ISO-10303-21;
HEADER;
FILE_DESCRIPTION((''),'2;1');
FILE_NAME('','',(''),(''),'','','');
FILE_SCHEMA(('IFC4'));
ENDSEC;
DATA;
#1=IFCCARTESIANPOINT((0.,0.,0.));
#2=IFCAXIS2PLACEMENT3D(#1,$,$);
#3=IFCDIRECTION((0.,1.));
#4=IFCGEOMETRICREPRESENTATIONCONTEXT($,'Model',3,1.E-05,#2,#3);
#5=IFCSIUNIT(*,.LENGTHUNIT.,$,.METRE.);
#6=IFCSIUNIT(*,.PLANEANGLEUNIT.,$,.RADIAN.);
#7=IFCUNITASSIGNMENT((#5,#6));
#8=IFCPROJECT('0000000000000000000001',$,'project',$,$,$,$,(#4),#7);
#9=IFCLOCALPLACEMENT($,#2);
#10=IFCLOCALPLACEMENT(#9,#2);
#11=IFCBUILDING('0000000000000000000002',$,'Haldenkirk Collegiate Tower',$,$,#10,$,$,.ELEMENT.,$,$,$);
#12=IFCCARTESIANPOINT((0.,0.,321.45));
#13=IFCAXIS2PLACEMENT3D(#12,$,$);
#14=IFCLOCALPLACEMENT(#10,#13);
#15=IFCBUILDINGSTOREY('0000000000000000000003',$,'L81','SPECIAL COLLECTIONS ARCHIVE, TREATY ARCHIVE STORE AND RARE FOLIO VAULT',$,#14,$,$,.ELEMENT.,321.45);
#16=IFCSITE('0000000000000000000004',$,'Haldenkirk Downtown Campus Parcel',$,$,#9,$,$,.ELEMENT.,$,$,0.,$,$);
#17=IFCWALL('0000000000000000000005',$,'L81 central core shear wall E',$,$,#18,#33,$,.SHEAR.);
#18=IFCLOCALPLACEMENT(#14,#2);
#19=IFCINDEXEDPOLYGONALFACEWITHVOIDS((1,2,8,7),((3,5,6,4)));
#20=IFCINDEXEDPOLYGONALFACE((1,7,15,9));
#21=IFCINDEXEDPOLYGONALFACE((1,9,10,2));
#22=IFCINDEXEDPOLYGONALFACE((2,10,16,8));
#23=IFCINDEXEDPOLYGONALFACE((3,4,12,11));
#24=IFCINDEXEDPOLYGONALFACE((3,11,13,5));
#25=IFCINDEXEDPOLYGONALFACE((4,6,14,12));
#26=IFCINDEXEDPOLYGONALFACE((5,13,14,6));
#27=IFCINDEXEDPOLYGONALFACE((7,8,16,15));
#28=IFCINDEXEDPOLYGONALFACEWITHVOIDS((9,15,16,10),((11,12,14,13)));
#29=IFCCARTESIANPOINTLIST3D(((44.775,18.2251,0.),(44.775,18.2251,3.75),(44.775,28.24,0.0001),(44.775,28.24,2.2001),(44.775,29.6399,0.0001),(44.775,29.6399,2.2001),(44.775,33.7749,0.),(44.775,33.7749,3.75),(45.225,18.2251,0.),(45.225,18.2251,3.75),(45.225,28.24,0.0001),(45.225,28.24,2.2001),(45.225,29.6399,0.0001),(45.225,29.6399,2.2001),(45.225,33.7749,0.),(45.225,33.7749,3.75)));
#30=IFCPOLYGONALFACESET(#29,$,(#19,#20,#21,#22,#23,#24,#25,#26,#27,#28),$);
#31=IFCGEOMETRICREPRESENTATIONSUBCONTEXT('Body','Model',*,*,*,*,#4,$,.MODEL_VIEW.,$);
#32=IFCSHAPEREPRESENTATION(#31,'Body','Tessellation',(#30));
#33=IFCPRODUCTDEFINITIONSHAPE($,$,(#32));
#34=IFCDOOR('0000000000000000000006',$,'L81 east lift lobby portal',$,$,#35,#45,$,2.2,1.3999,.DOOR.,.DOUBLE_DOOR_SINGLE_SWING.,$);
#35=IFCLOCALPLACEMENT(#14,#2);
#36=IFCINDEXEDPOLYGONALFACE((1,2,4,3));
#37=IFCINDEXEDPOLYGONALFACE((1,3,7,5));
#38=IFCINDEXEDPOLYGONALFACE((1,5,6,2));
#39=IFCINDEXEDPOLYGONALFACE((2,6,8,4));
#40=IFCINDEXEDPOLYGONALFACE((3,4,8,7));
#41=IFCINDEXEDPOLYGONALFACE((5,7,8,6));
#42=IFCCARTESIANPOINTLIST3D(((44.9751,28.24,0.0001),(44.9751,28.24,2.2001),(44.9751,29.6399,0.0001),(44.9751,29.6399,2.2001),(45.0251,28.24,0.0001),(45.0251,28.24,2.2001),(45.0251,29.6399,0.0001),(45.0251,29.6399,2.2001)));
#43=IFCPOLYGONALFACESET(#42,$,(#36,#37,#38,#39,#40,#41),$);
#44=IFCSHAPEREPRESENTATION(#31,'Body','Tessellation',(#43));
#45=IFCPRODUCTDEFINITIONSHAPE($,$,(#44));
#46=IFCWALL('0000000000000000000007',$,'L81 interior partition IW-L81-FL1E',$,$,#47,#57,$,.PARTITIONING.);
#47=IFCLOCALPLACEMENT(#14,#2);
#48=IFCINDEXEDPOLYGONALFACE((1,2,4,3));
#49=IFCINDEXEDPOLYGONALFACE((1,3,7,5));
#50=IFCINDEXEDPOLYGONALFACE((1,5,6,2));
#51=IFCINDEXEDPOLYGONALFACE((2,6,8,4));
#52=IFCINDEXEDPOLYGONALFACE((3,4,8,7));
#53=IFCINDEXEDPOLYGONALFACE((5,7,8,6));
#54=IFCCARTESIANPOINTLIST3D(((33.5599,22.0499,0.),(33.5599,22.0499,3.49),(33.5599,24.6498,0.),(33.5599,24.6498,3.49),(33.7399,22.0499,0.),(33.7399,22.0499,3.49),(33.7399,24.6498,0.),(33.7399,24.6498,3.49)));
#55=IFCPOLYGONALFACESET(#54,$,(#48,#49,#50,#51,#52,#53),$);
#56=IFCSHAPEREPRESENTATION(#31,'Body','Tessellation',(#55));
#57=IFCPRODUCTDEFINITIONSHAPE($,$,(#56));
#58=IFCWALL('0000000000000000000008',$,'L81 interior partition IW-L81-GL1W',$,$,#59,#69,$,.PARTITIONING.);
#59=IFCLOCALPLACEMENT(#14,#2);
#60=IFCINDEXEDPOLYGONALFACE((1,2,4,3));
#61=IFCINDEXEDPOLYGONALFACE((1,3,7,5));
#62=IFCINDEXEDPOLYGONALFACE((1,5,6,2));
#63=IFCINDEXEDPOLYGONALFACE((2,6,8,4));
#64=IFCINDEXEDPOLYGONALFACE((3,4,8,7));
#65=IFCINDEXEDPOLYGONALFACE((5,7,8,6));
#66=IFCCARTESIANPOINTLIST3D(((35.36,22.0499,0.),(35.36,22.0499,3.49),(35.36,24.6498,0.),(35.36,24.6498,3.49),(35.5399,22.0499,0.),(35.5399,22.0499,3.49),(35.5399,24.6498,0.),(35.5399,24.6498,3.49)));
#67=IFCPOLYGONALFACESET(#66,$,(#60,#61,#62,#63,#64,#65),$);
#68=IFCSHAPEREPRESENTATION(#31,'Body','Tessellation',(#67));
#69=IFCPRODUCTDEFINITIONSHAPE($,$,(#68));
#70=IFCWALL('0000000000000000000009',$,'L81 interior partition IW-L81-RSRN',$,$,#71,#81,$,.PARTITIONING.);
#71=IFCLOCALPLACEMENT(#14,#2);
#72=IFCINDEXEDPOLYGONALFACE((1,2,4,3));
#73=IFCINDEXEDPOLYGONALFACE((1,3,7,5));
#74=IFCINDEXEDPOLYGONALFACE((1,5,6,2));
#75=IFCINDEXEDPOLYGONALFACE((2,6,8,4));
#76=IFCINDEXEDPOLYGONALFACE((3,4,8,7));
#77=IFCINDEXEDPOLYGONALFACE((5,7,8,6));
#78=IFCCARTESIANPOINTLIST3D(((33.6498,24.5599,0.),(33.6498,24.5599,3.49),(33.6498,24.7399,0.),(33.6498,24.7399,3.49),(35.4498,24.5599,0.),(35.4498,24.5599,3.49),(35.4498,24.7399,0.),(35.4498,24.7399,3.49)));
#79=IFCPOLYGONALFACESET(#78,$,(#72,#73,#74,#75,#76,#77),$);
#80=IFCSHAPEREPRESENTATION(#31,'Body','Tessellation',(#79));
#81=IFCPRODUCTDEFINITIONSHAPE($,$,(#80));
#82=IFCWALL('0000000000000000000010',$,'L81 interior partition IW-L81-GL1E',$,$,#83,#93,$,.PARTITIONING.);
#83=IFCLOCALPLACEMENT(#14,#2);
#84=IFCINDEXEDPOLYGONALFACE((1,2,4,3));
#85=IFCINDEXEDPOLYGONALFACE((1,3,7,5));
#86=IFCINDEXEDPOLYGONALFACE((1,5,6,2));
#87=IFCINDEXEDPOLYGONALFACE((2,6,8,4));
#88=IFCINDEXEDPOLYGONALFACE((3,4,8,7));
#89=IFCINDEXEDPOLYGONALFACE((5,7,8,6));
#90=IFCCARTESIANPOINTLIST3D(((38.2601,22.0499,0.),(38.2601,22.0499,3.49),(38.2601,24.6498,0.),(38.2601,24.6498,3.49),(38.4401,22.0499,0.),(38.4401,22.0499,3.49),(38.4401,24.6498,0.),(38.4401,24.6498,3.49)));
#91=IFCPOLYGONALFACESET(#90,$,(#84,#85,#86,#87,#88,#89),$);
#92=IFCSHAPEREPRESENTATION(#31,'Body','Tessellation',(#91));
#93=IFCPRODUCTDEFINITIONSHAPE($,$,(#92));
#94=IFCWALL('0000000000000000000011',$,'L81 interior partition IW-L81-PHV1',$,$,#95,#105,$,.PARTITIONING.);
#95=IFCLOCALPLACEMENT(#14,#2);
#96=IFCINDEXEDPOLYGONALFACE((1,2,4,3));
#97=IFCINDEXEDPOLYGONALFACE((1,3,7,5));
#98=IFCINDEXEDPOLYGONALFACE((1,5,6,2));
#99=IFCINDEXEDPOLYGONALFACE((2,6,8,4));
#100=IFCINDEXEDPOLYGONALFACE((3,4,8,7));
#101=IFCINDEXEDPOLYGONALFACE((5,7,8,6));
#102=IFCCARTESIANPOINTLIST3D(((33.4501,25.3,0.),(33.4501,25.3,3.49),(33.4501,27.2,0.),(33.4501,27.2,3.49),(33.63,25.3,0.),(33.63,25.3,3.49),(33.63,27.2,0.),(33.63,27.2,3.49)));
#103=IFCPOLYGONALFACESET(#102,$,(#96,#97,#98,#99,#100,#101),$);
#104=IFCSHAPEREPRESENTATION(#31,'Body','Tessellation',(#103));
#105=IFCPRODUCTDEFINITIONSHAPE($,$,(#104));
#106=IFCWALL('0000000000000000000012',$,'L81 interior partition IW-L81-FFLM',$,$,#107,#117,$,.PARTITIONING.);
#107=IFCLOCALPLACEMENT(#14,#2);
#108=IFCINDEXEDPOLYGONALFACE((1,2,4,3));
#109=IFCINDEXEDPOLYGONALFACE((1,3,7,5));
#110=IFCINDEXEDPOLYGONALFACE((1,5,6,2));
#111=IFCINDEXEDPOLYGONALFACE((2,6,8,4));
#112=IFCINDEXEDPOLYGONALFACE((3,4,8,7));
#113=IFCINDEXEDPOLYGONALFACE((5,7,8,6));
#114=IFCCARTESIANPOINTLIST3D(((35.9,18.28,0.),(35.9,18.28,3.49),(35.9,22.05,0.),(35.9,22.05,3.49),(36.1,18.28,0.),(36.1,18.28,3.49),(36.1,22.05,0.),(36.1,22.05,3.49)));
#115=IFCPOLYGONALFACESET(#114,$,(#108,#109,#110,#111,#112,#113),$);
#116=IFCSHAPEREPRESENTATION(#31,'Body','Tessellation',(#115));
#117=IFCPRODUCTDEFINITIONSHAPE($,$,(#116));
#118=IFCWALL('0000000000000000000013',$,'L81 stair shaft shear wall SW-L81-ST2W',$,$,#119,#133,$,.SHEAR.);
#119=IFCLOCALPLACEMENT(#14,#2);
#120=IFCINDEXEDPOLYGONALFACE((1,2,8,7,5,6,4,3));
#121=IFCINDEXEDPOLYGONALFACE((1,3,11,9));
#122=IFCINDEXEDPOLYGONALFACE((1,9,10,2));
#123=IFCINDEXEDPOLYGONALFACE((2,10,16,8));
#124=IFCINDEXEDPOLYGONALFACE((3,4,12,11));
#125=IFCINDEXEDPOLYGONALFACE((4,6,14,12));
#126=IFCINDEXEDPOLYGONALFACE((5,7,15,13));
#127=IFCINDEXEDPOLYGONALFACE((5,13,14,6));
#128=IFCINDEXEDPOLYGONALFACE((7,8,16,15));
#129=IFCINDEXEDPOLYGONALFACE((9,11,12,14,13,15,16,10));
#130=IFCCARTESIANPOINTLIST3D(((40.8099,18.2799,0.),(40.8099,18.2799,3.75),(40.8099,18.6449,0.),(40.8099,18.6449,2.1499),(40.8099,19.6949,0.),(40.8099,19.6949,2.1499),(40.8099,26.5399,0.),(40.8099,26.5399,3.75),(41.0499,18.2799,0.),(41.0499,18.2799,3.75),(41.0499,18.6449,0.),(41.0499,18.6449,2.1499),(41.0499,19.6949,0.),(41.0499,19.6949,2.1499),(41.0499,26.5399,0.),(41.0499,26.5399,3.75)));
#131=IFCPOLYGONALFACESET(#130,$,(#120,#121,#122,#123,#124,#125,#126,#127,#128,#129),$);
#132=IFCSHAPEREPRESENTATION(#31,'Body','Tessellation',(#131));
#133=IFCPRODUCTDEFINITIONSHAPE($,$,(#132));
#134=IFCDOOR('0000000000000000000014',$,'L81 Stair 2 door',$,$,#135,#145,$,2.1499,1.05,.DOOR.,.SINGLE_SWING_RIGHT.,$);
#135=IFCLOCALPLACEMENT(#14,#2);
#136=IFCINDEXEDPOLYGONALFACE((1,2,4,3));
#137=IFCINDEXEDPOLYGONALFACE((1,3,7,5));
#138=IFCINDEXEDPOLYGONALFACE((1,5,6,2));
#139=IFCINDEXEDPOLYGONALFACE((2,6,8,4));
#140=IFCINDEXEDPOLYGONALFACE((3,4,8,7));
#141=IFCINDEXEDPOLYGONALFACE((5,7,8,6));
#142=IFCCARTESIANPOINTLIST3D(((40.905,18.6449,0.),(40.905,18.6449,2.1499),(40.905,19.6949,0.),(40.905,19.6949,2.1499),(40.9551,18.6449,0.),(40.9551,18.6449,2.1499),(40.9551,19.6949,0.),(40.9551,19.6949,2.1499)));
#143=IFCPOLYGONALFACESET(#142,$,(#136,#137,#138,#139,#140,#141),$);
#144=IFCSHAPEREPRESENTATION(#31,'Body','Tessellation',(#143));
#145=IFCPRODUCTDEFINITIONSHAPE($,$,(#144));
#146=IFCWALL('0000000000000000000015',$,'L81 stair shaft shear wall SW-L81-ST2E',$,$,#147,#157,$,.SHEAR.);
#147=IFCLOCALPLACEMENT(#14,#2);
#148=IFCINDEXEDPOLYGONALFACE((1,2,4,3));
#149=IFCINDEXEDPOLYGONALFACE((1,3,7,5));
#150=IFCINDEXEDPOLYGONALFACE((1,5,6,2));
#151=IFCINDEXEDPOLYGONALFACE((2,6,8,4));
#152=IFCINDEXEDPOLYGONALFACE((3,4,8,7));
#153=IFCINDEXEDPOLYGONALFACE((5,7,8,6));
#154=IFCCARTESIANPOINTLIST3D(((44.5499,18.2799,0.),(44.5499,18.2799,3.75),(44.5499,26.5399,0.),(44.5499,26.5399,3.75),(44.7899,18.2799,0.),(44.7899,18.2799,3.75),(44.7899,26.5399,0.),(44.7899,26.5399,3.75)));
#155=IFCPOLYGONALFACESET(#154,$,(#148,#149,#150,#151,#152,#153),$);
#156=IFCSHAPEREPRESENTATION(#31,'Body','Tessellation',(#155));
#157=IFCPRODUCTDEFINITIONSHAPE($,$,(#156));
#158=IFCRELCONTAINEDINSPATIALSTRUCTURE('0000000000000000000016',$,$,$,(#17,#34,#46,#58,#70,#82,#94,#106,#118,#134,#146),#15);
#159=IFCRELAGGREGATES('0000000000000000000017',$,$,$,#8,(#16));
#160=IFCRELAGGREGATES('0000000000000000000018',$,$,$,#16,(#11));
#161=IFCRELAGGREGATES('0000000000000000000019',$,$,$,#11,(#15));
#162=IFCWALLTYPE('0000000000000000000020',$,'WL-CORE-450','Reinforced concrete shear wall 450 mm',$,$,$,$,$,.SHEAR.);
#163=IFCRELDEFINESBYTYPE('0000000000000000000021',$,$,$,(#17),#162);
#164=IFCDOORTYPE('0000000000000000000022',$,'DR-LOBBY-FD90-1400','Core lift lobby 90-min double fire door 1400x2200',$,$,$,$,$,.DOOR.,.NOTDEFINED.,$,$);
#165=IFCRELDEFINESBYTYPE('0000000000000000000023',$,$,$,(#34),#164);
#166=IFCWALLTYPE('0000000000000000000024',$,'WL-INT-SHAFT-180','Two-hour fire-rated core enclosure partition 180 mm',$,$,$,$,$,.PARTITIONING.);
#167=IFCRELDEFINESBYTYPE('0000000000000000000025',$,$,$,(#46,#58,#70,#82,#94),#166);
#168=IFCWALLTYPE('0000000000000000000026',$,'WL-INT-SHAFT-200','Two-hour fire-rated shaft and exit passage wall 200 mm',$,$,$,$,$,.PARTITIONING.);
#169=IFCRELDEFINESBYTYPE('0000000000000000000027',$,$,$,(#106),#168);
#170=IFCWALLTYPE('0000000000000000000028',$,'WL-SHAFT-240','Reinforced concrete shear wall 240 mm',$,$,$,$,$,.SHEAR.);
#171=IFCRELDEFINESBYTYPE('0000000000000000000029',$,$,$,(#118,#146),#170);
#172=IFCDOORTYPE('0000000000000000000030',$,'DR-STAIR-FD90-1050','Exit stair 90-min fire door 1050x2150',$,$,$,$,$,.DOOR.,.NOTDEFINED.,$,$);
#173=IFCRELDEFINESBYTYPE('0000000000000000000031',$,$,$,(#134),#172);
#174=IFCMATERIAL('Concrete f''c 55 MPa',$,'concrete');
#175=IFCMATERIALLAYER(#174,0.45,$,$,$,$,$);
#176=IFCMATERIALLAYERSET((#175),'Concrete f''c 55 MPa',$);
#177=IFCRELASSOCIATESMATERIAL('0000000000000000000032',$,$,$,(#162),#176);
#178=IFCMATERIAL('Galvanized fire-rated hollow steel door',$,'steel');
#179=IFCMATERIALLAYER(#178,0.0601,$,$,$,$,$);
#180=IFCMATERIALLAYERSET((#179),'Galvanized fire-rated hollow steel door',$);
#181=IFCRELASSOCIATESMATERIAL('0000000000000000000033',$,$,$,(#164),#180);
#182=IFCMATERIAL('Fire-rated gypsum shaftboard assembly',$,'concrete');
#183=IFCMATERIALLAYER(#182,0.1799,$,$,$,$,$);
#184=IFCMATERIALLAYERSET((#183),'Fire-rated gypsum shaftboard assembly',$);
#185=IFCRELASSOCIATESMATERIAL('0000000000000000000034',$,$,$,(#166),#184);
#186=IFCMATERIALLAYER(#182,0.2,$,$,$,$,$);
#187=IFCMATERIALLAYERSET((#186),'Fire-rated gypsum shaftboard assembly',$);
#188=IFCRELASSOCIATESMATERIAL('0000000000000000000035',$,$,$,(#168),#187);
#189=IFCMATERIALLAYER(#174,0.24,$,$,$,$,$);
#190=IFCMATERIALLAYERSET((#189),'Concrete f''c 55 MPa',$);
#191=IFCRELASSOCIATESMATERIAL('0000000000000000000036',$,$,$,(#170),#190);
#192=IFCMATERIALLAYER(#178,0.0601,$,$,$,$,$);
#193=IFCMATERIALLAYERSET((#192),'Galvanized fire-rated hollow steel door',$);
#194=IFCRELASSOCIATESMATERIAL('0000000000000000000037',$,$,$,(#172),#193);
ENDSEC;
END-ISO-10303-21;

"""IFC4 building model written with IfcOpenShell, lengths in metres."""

from ifc_helpers import new_model, si_unit, direction, frame, frame_2d, origin, place, context, subcontext, project, spatial, rectangle, extrude, material, layer, layer_set, type_object, element, fill, save


model = new_model("IFC4")

# Units and contexts
model_context = context("Model", 3, precision=1e-05, world=origin(), true_north=direction((0.0, 1.0)))
body_context = subcontext(model_context, "Body", "Model", "MODEL_VIEW")
ifc_project = project(units=[si_unit("LENGTHUNIT", "METRE"), si_unit("PLANEANGLEUNIT", "RADIAN")], contexts=[model_context])

# Site, building, storey
site_placement = place(None, origin())
site = spatial("IfcSite", under=ifc_project, at=site_placement, Name="Haldenkirk Downtown Campus Parcel", CompositionType="ELEMENT", RefElevation=0.0)
building_placement = place(site_placement, origin())
building = spatial("IfcBuilding", under=site, at=building_placement, Name="Haldenkirk Collegiate Tower", CompositionType="ELEMENT")
storey_placement = place(building_placement, frame((0.0, 0.0, 321.45)))
storey = spatial("IfcBuildingStorey", under=building, at=storey_placement, Name="L81", Description="SPECIAL COLLECTIONS ARCHIVE, TREATY ARCHIVE STORE AND RARE FOLIO VAULT", CompositionType="ELEMENT", Elevation=321.45)

# Wall, opening, door
ifc_material_1 = material(Name="Concrete f'c 55 MPa", Category="concrete")
ifc_layer_1 = layer(ifc_material_1, 0.45)
ifc_layer_set_1 = layer_set([ifc_layer_1], Name="Concrete f'c 55 MPa")
wall_type_1 = type_object("IfcWallType", Name="WL-CORE-450", Description="Reinforced concrete shear wall 450 mm", PredefinedType="SHEAR", material=ifc_layer_set_1)
wall_1_placement = place(storey_placement, frame((45.0, 18.2251, 0.0), z_axis=(0.0, 0.0, 1.0), x_axis=(0.0, 1.0, 0.0)))
wall_1 = element("IfcWall", 1, at=wall_1_placement, inside=storey, type_object=wall_type_1, Name="L81 central core shear wall E", PredefinedType="SHEAR", context=body_context, shape_type="SweptSolid", body=[
    extrude(rectangle(XDim=15.5498, YDim=0.45, at=frame_2d((7.7749, 0.0))), origin(), (0.0, 0.0, 1.0), 3.75),
])
opening_1_placement = place(wall_1_placement, frame((10.0149, 0.0, 0.0)))
opening_1 = element("IfcOpeningElement", 2, at=opening_1_placement, cuts=wall_1, PredefinedType="OPENING", context=body_context, shape_type="SweptSolid", body=[
    extrude(rectangle(XDim=1.3999, YDim=2.2, at=frame_2d((0.7, 1.1001))), frame((0.0, 0.2349, 0.0), z_axis=(0.0, -1.0, 0.0), x_axis=(1.0, 0.0, 0.0)), (0.0, 0.0, 1.0), 0.47),
])
ifc_material_2 = material(Name="Galvanized fire-rated hollow steel door", Category="steel")
ifc_layer_2 = layer(ifc_material_2, 0.0601)
ifc_layer_set_2 = layer_set([ifc_layer_2], Name="Galvanized fire-rated hollow steel door")
door_type_1 = type_object("IfcDoorType", Name="DR-LOBBY-FD90-1400", Description="Core lift lobby 90-min double fire door 1400x2200", OperationType="NOTDEFINED", PredefinedType="DOOR", material=ifc_layer_set_2)
door_1_placement = place(opening_1_placement, origin())
door_1 = element("IfcDoor", 3, at=door_1_placement, inside=storey, type_object=door_type_1, Name="L81 east lift lobby portal", OperationType="DOUBLE_DOOR_SINGLE_SWING", OverallHeight=2.2, OverallWidth=1.3999, PredefinedType="DOOR", context=body_context, shape_type="SweptSolid", body=[
    extrude(rectangle(XDim=1.3999, YDim=2.2, at=frame_2d((0.7, 1.1001))), frame((0.0, 0.0249, 0.0), z_axis=(0.0, -1.0, 0.0), x_axis=(1.0, 0.0, 0.0)), (0.0, 0.0, 1.0), 0.05),
])
fill(opening_1, door_1)

# Walls
ifc_material_3 = material(Name="Fire-rated gypsum shaftboard assembly", Category="concrete")
ifc_layer_3 = layer(ifc_material_3, 0.1799)
ifc_layer_set_3 = layer_set([ifc_layer_3], Name="Fire-rated gypsum shaftboard assembly")
wall_type_2 = type_object("IfcWallType", Name="WL-INT-SHAFT-180", Description="Two-hour fire-rated core enclosure partition 180 mm", PredefinedType="PARTITIONING", material=ifc_layer_set_3)
for number, where, z_axis, x_axis, name in (
    (4, (33.6499, 22.05, 0.0), (0.0, 0.0, 1.0), (0.0, 1.0, 0.0), "L81 interior partition IW-L81-FL1E"),
    (5, (35.45, 22.05, 0.0), (0.0, 0.0, 1.0), (0.0, 1.0, 0.0), "L81 interior partition IW-L81-GL1W"),
):
    element("IfcWall", number, at=place(storey_placement, frame(where, z_axis=z_axis, x_axis=x_axis)), inside=storey, type_object=wall_type_2, Name=name, PredefinedType="PARTITIONING", context=body_context, shape_type="SweptSolid", body=[
        extrude(rectangle(XDim=2.5999, YDim=0.1799, at=frame_2d((1.2998, 0.0))), origin(), (0.0, 0.0, 1.0), 3.49),
    ])
wall_2_placement = place(storey_placement, frame((33.6499, 24.6499, 0.0), z_axis=(0.0, 0.0, 1.0), x_axis=(1.0, 0.0, 0.0)))
element("IfcWall", 6, at=wall_2_placement, inside=storey, type_object=wall_type_2, Name="L81 interior partition IW-L81-RSRN", PredefinedType="PARTITIONING", context=body_context, shape_type="SweptSolid", body=[
    extrude(rectangle(XDim=1.8, YDim=0.1799, at=frame_2d((0.8999, 0.0))), origin(), (0.0, 0.0, 1.0), 3.49),
])
wall_3_placement = place(storey_placement, frame((38.3501, 22.05, 0.0), z_axis=(0.0, 0.0, 1.0), x_axis=(0.0, 1.0, 0.0)))
element("IfcWall", 7, at=wall_3_placement, inside=storey, type_object=wall_type_2, Name="L81 interior partition IW-L81-GL1E", PredefinedType="PARTITIONING", context=body_context, shape_type="SweptSolid", body=[
    extrude(rectangle(XDim=2.5999, YDim=0.1799, at=frame_2d((1.2998, 0.0))), origin(), (0.0, 0.0, 1.0), 3.49),
])
wall_4_placement = place(storey_placement, frame((33.54, 25.3, 0.0), z_axis=(0.0, 0.0, 1.0), x_axis=(0.0, 1.0, 0.0)))
element("IfcWall", 8, at=wall_4_placement, inside=storey, type_object=wall_type_2, Name="L81 interior partition IW-L81-PHV1", PredefinedType="PARTITIONING", context=body_context, shape_type="SweptSolid", body=[
    extrude(rectangle(XDim=1.8999, YDim=0.1799, at=frame_2d((0.95, 0.0))), origin(), (0.0, 0.0, 1.0), 3.49),
])
ifc_layer_4 = layer(ifc_material_3, 0.2)
ifc_layer_set_4 = layer_set([ifc_layer_4], Name="Fire-rated gypsum shaftboard assembly")
wall_type_3 = type_object("IfcWallType", Name="WL-INT-SHAFT-200", Description="Two-hour fire-rated shaft and exit passage wall 200 mm", PredefinedType="PARTITIONING", material=ifc_layer_set_4)
wall_5_placement = place(storey_placement, frame((36.0, 18.28, 0.0), z_axis=(0.0, 0.0, 1.0), x_axis=(0.0, 1.0, 0.0)))
element("IfcWall", 9, at=wall_5_placement, inside=storey, type_object=wall_type_3, Name="L81 interior partition IW-L81-FFLM", PredefinedType="PARTITIONING", context=body_context, shape_type="SweptSolid", body=[
    extrude(rectangle(XDim=3.77, YDim=0.2, at=frame_2d((1.885, 0.0))), origin(), (0.0, 0.0, 1.0), 3.49),
])

# Wall, opening, door
ifc_layer_5 = layer(ifc_material_1, 0.24)
ifc_layer_set_5 = layer_set([ifc_layer_5], Name="Concrete f'c 55 MPa")
wall_type_4 = type_object("IfcWallType", Name="WL-SHAFT-240", Description="Reinforced concrete shear wall 240 mm", PredefinedType="SHEAR", material=ifc_layer_set_5)
wall_6_placement = place(storey_placement, frame((40.9299, 18.28, 0.0), z_axis=(0.0, 0.0, 1.0), x_axis=(0.0, 1.0, 0.0)))
wall_6 = element("IfcWall", 10, at=wall_6_placement, inside=storey, type_object=wall_type_4, Name="L81 stair shaft shear wall SW-L81-ST2W", PredefinedType="SHEAR", context=body_context, shape_type="SweptSolid", body=[
    extrude(rectangle(XDim=8.26, YDim=0.24, at=frame_2d((4.1299, 0.0))), origin(), (0.0, 0.0, 1.0), 3.75),
])
opening_2_placement = place(wall_6_placement, frame((0.365, 0.0, 0.0)))
opening_2 = element("IfcOpeningElement", 11, at=opening_2_placement, cuts=wall_6, PredefinedType="OPENING", context=body_context, shape_type="SweptSolid", body=[
    extrude(rectangle(XDim=1.05, YDim=2.1499, at=frame_2d((0.5249, 1.075))), frame((0.0, 0.1299, 0.0), z_axis=(0.0, -1.0, 0.0), x_axis=(1.0, 0.0, 0.0)), (0.0, 0.0, 1.0), 0.26),
])
ifc_layer_6 = layer(ifc_material_2, 0.0601)
ifc_layer_set_6 = layer_set([ifc_layer_6], Name="Galvanized fire-rated hollow steel door")
door_type_2 = type_object("IfcDoorType", Name="DR-STAIR-FD90-1050", Description="Exit stair 90-min fire door 1050x2150", OperationType="NOTDEFINED", PredefinedType="DOOR", material=ifc_layer_set_6)
door_2_placement = place(opening_2_placement, origin())
door_2 = element("IfcDoor", 12, at=door_2_placement, inside=storey, type_object=door_type_2, Name="L81 Stair 2 door", OperationType="SINGLE_SWING_RIGHT", OverallHeight=2.1499, OverallWidth=1.05, PredefinedType="DOOR", context=body_context, shape_type="SweptSolid", body=[
    extrude(rectangle(XDim=1.05, YDim=2.1499, at=frame_2d((0.5249, 1.075))), frame((0.0, 0.0249, 0.0), z_axis=(0.0, -1.0, 0.0), x_axis=(1.0, 0.0, 0.0)), (0.0, 0.0, 1.0), 0.05),
])
fill(opening_2, door_2)

# Wall
wall_7_placement = place(storey_placement, frame((44.6699, 18.28, 0.0), z_axis=(0.0, 0.0, 1.0), x_axis=(0.0, 1.0, 0.0)))
element("IfcWall", 13, at=wall_7_placement, inside=storey, type_object=wall_type_4, Name="L81 stair shaft shear wall SW-L81-ST2E", PredefinedType="SHEAR", context=body_context, shape_type="SweptSolid", body=[
    extrude(rectangle(XDim=8.26, YDim=0.24, at=frame_2d((4.1299, 0.0))), origin(), (0.0, 0.0, 1.0), 3.75),
])

save(model, "model.ifc")
